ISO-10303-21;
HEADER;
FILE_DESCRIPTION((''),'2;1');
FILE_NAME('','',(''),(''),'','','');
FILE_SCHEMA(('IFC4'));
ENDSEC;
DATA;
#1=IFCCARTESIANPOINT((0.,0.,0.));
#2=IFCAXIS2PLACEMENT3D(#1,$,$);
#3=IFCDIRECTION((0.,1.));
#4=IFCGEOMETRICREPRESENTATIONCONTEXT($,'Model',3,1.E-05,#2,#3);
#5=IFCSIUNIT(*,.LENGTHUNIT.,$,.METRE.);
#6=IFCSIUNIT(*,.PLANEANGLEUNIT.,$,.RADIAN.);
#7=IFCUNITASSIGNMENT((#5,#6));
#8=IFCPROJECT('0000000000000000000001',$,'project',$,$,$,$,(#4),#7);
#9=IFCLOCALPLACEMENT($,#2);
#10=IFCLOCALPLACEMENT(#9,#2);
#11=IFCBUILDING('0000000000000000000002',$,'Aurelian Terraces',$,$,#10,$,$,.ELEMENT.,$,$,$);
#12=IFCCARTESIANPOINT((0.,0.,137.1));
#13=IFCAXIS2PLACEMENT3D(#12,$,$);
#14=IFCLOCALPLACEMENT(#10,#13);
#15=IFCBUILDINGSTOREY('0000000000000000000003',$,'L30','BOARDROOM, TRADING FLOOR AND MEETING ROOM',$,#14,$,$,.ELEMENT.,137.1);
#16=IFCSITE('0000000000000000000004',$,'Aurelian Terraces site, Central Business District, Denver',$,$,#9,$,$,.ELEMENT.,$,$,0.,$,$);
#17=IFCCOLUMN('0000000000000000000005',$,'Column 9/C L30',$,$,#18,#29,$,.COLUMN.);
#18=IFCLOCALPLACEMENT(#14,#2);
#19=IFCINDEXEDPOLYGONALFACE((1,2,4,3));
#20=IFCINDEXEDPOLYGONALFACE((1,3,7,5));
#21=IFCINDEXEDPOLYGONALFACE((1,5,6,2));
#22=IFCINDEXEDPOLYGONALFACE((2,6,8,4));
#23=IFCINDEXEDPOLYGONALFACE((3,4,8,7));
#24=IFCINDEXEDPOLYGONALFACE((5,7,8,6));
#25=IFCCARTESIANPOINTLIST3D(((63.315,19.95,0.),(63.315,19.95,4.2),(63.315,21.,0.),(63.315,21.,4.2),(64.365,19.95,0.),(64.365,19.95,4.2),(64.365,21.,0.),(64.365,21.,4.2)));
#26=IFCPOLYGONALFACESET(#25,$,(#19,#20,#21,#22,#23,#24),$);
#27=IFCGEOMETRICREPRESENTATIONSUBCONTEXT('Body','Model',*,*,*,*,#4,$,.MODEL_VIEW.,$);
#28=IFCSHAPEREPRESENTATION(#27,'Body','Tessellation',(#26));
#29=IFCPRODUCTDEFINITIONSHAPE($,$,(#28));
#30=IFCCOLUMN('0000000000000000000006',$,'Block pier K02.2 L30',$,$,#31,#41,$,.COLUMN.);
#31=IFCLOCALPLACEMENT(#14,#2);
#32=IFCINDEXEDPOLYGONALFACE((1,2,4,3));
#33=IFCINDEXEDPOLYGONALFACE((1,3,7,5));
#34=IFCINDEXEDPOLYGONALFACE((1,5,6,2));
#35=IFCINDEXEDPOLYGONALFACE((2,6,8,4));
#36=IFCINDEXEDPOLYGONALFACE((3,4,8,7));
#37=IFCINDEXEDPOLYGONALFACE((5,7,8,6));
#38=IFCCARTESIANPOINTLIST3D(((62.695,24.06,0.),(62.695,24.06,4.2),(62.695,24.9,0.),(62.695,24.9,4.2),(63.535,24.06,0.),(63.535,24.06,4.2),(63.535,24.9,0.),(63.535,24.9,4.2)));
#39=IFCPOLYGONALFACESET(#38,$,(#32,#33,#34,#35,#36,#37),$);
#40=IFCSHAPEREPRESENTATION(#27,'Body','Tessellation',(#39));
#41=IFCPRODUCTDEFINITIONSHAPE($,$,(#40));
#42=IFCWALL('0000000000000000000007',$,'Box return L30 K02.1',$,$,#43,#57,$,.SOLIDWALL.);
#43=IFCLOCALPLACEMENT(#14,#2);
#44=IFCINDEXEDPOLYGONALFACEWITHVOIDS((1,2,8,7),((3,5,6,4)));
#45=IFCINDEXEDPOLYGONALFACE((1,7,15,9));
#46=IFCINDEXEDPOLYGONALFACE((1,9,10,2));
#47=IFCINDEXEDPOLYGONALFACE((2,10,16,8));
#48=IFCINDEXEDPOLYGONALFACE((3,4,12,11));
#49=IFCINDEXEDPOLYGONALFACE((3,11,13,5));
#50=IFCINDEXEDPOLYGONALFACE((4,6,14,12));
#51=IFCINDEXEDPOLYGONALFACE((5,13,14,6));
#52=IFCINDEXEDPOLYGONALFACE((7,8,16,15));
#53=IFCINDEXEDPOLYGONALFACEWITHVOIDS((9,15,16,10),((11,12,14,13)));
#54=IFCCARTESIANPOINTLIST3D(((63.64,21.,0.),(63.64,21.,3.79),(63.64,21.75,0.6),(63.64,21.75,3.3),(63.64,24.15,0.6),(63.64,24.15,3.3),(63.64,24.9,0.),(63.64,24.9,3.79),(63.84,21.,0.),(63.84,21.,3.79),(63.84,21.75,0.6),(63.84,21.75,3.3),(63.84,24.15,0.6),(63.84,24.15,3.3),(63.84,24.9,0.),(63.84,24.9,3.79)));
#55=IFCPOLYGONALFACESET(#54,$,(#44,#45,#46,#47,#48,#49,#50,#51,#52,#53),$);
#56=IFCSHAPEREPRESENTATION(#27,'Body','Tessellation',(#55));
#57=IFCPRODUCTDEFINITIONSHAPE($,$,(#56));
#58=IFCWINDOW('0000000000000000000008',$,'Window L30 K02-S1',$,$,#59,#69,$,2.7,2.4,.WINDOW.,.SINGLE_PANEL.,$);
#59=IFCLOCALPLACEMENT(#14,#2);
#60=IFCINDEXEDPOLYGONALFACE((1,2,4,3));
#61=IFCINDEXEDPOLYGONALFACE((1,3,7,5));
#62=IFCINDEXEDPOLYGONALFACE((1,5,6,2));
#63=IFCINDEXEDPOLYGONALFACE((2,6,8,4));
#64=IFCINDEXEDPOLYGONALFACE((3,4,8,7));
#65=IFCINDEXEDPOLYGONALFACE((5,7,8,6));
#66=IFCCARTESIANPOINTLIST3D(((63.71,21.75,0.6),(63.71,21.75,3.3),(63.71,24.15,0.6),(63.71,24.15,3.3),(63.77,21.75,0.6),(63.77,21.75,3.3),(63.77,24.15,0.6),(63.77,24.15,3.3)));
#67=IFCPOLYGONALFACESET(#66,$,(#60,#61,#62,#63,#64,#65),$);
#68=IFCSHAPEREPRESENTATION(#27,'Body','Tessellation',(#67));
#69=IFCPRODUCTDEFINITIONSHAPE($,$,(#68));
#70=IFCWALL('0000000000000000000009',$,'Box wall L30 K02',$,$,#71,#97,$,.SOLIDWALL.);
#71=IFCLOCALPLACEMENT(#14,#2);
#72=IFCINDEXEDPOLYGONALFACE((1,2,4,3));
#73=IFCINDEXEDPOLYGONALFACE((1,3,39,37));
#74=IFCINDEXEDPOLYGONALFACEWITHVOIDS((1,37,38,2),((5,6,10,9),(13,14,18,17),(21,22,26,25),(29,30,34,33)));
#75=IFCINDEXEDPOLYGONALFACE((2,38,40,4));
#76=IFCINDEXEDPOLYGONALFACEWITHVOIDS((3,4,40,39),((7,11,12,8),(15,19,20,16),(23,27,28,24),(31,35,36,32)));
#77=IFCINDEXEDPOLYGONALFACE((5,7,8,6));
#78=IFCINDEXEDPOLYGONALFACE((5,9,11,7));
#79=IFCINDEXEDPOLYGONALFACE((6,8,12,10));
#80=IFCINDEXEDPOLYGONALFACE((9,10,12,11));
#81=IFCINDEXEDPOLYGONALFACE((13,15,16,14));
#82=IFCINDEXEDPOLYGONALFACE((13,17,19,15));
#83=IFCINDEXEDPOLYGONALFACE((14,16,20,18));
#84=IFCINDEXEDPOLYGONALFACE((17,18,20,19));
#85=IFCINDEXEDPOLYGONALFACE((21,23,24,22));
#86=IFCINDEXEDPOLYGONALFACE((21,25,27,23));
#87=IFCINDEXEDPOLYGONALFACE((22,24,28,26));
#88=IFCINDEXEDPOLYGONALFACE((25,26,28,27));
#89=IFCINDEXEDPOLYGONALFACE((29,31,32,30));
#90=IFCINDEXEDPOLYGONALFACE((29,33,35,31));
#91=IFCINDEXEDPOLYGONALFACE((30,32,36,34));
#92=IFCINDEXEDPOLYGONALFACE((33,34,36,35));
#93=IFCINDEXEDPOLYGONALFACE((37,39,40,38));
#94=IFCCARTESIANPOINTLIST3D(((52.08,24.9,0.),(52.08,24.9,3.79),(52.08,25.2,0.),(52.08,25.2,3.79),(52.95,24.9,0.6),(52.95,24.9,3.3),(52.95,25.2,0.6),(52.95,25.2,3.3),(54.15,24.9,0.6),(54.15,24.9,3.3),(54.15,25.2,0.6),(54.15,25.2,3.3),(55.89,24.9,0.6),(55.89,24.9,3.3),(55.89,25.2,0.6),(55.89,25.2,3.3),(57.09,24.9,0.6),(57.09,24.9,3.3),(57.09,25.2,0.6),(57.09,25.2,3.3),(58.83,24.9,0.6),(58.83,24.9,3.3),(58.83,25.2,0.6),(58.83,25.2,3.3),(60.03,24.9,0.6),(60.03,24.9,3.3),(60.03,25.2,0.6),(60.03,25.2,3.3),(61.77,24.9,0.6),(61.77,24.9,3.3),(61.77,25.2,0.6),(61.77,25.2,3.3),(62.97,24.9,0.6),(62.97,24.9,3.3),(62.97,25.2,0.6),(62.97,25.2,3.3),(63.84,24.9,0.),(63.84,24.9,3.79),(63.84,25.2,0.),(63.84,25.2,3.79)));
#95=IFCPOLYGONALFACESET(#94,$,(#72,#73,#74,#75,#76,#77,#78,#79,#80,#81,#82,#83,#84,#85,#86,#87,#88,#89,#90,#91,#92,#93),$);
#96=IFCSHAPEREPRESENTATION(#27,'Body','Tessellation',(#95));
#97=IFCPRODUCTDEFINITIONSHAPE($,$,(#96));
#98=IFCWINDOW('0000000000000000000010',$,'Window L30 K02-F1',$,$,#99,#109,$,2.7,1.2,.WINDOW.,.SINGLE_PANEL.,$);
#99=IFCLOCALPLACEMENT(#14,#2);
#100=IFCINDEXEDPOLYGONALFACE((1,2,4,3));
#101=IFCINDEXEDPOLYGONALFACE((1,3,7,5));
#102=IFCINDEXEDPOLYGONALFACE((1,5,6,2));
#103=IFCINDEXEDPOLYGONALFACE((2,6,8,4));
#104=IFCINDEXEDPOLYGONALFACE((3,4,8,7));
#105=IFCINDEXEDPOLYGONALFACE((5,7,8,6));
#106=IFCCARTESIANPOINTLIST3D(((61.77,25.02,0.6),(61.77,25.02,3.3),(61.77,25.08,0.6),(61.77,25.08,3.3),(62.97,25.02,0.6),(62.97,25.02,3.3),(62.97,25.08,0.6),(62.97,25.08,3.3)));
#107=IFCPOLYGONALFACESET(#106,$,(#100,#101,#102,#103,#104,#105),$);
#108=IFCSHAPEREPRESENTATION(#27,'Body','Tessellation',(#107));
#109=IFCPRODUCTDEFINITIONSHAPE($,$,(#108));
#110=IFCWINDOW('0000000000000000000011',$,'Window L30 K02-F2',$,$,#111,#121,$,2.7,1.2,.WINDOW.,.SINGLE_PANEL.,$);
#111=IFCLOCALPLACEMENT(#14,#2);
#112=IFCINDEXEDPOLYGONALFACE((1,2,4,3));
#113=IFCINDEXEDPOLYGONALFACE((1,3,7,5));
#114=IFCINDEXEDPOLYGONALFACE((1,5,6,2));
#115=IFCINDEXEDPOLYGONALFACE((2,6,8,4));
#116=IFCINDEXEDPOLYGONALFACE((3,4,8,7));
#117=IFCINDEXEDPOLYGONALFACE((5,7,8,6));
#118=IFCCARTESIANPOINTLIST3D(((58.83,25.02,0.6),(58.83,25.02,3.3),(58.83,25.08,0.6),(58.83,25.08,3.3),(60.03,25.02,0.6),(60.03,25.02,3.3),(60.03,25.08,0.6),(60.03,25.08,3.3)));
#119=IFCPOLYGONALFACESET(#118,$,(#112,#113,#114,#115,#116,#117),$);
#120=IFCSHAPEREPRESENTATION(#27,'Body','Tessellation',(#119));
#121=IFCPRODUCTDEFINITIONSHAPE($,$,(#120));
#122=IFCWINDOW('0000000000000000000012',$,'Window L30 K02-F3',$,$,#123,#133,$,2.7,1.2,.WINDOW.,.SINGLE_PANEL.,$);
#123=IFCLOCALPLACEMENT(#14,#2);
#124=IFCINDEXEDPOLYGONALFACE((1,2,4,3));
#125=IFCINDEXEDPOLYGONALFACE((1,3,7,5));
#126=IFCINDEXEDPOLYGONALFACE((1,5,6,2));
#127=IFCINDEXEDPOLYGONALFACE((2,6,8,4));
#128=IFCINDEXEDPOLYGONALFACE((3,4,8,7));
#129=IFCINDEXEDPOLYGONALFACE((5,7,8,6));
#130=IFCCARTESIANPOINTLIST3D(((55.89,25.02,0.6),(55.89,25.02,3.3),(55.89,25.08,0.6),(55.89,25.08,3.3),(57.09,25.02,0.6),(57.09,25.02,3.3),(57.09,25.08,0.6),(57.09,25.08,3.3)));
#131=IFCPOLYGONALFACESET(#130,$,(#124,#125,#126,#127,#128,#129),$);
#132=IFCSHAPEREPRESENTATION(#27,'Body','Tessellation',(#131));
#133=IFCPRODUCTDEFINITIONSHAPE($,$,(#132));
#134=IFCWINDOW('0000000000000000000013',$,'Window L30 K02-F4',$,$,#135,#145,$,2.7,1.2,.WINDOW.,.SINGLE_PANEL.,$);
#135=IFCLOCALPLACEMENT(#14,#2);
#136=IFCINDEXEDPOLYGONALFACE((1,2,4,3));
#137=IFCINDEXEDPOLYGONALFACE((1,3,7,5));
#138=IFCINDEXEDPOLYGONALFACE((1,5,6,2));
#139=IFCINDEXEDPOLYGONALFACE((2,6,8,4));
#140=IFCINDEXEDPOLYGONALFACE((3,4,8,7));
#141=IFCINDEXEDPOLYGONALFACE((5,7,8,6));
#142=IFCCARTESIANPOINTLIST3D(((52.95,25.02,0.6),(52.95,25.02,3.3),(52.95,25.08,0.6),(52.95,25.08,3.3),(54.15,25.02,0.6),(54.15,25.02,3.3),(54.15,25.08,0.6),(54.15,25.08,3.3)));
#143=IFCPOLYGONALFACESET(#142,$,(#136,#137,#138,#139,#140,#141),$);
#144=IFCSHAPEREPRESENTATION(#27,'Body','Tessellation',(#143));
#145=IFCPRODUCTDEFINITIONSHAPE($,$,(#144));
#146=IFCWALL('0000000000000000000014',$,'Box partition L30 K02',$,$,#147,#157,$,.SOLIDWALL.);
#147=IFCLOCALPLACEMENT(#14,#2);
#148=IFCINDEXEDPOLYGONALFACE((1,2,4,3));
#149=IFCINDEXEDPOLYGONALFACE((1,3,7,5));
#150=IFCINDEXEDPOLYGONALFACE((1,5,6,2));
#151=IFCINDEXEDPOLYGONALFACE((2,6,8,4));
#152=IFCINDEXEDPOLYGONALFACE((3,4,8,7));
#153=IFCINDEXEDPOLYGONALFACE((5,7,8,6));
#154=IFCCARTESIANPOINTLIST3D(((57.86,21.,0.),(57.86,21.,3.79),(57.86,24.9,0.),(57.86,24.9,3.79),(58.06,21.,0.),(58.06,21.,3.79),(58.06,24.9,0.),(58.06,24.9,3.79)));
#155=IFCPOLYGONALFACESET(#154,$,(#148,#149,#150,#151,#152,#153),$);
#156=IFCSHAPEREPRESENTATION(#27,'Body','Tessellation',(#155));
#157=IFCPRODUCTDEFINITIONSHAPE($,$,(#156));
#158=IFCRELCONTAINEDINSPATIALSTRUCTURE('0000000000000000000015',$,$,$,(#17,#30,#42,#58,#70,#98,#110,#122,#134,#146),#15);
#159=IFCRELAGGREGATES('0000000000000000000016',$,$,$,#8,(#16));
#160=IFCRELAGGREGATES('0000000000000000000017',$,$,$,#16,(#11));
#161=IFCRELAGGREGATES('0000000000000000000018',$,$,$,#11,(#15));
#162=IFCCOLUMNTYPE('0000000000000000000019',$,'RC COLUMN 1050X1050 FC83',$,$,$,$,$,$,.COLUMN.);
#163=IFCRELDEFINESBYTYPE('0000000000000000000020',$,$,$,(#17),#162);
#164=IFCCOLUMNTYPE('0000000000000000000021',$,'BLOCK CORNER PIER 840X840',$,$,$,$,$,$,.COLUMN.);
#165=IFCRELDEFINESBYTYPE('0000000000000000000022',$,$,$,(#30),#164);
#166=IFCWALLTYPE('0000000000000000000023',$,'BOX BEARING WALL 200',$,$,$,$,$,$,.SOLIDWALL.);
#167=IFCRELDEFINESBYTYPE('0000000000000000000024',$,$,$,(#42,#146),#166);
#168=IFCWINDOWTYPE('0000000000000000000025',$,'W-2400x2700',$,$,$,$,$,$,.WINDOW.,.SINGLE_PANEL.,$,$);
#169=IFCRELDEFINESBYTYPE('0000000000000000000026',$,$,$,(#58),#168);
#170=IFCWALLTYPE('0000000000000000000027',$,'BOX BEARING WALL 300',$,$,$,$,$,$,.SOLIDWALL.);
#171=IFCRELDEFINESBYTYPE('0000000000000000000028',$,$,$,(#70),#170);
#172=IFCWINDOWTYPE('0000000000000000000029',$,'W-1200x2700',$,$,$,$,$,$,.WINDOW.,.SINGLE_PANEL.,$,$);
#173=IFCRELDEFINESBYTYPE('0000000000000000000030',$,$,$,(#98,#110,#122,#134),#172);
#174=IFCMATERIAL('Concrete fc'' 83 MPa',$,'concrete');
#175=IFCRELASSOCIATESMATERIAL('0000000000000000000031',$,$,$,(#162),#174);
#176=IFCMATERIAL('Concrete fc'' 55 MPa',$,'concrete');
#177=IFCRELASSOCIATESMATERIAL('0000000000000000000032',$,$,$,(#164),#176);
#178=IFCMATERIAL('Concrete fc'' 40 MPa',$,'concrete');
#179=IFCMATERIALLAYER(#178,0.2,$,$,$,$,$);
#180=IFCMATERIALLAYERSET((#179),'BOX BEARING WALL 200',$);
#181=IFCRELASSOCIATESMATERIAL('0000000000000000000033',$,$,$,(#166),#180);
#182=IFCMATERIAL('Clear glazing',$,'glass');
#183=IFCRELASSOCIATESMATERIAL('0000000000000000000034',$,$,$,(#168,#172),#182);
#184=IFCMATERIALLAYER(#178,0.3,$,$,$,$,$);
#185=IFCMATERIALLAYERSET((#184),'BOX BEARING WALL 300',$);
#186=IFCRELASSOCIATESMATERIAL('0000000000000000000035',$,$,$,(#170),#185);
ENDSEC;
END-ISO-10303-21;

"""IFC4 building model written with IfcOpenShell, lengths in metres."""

from ifc_helpers import new_model, si_unit, direction, frame, frame_2d, origin, origin_2d, place, context, subcontext, project, spatial, rectangle, extrude, source, transform, mapped, material, layer, layer_set, material_profile, profile_set, type_object, element, fill, save


model = new_model("IFC4")

# Units and contexts
model_context = context("Model", 3, precision=1e-05, world=origin(), true_north=direction((0.0, 1.0)))
body_context = subcontext(model_context, "Body", "Model", "MODEL_VIEW")
ifc_project = project(units=[si_unit("LENGTHUNIT", "METRE"), si_unit("PLANEANGLEUNIT", "RADIAN")], contexts=[model_context])

# Site, building, storey
site_placement = place(None, origin())
site = spatial("IfcSite", under=ifc_project, at=site_placement, Name="Aurelian Terraces site, Central Business District, Denver", CompositionType="ELEMENT", RefElevation=0.0)
building_placement = place(site_placement, origin())
building = spatial("IfcBuilding", under=site, at=building_placement, Name="Aurelian Terraces", CompositionType="ELEMENT")
storey_placement = place(building_placement, frame((0.0, 0.0, 137.1)))
storey = spatial("IfcBuildingStorey", under=building, at=storey_placement, Name="L30", Description="BOARDROOM, TRADING FLOOR AND MEETING ROOM", CompositionType="ELEMENT", Elevation=137.1)

# Columns
ifc_material_1 = material(Name="Concrete fc' 83 MPa", Category="concrete")
ifc_material_profile_1 = material_profile(ifc_material_1, rectangle(XDim=1.05, YDim=1.05, at=origin_2d()))
ifc_profile_set_1 = profile_set([ifc_material_profile_1], Name="Concrete fc' 83 MPa")
column_type_1 = type_object("IfcColumnType", Name="RC COLUMN 1050X1050 FC83", PredefinedType="COLUMN", material=ifc_profile_set_1)
shared_shape_1 = source(origin(), body_context, "Body", "SweptSolid", [
    extrude(rectangle(XDim=1.05, YDim=1.05, at=origin_2d()), origin(), (0.0, 0.0, 1.0), 4.2),
])
column_1_placement = place(storey_placement, frame((63.84, 20.475, 0.0), z_axis=(0.0, 0.0, 1.0), x_axis=(1.0, 0.0, 0.0)))
element("IfcColumn", 1, at=column_1_placement, inside=storey, type_object=column_type_1, Name="Column 9/C L30", PredefinedType="COLUMN", context=body_context, shape_type="MappedRepresentation", body=[
    mapped(shared_shape_1, transform((0.0, 0.0, 0.0), scale=1.0)),
])
ifc_material_2 = material(Name="Concrete fc' 55 MPa", Category="concrete")
ifc_material_profile_2 = material_profile(ifc_material_2, rectangle(XDim=0.84, YDim=0.84, at=origin_2d()))
ifc_profile_set_2 = profile_set([ifc_material_profile_2], Name="Concrete fc' 55 MPa")
column_type_2 = type_object("IfcColumnType", Name="BLOCK CORNER PIER 840X840", PredefinedType="COLUMN", material=ifc_profile_set_2)
shared_shape_2 = source(origin(), body_context, "Body", "SweptSolid", [
    extrude(rectangle(XDim=0.84, YDim=0.84, at=origin_2d()), origin(), (0.0, 0.0, 1.0), 4.2),
])
column_2_placement = place(storey_placement, frame((63.115, 24.48, 0.0), z_axis=(0.0, 0.0, 1.0), x_axis=(1.0, 0.0, 0.0)))
element("IfcColumn", 2, at=column_2_placement, inside=storey, type_object=column_type_2, Name="Block pier K02.2 L30", PredefinedType="COLUMN", context=body_context, shape_type="MappedRepresentation", body=[
    mapped(shared_shape_2, transform((0.0, 0.0, 0.0), scale=1.0)),
])

# Wall, opening, window
ifc_material_3 = material(Name="Concrete fc' 40 MPa", Category="concrete")
ifc_layer_1 = layer(ifc_material_3, 0.2)
ifc_layer_set_1 = layer_set([ifc_layer_1], Name="BOX BEARING WALL 200")
wall_type_1 = type_object("IfcWallType", Name="BOX BEARING WALL 200", PredefinedType="SOLIDWALL", material=ifc_layer_set_1)
shared_shape_3 = source(origin(), body_context, "Body", "SweptSolid", [
    extrude(rectangle(XDim=3.9, YDim=0.2, at=frame_2d((1.95, 0.0))), origin(), (0.0, 0.0, 1.0), 3.79),
])
wall_1_placement = place(storey_placement, frame((63.74, 21.0, 0.0), z_axis=(0.0, 0.0, 1.0), x_axis=(0.0, 1.0, 0.0)))
wall_1 = element("IfcWall", 3, at=wall_1_placement, inside=storey, type_object=wall_type_1, Name="Box return L30 K02.1", PredefinedType="SOLIDWALL", context=body_context, shape_type="MappedRepresentation", body=[
    mapped(shared_shape_3, transform((0.0, 0.0, 0.0), scale=1.0)),
])
shared_shape_4 = source(origin(), body_context, "Body", "SweptSolid", [
    extrude(rectangle(XDim=2.4, YDim=2.7, at=frame_2d((1.2, 1.35))), frame((0.0, 0.11, 0.0), z_axis=(0.0, -1.0, 0.0), x_axis=(1.0, 0.0, 0.0)), (0.0, 0.0, 1.0), 0.22),
])
opening_1_placement = place(wall_1_placement, frame((0.75, 0.0, 0.6)))
opening_1 = element("IfcOpeningElement", 4, at=opening_1_placement, cuts=wall_1, PredefinedType="OPENING", context=body_context, shape_type="MappedRepresentation", body=[
    mapped(shared_shape_4, transform((0.0, 0.0, 0.0), scale=1.0)),
])
ifc_material_4 = material(Name="Clear glazing", Category="glass")
window_type_1 = type_object("IfcWindowType", Name="W-2400x2700", PartitioningType="SINGLE_PANEL", PredefinedType="WINDOW", material=ifc_material_4)
shared_shape_5 = source(origin(), body_context, "Body", "SweptSolid", [
    extrude(rectangle(XDim=2.4, YDim=2.7, at=frame_2d((1.2, 1.35))), frame((0.0, 0.03, 0.0), z_axis=(0.0, -1.0, 0.0), x_axis=(1.0, 0.0, 0.0)), (0.0, 0.0, 1.0), 0.06),
])
window_1_placement = place(opening_1_placement, origin())
window_1 = element("IfcWindow", 5, at=window_1_placement, inside=storey, type_object=window_type_1, Name="Window L30 K02-S1", OverallHeight=2.7, OverallWidth=2.4, PartitioningType="SINGLE_PANEL", PredefinedType="WINDOW", context=body_context, shape_type="MappedRepresentation", body=[
    mapped(shared_shape_5, transform((0.0, 0.0, 0.0), scale=1.0)),
])
fill(opening_1, window_1)

# Wall, openings, windows
ifc_layer_2 = layer(ifc_material_3, 0.3)
ifc_layer_set_2 = layer_set([ifc_layer_2], Name="BOX BEARING WALL 300")
wall_type_2 = type_object("IfcWallType", Name="BOX BEARING WALL 300", PredefinedType="SOLIDWALL", material=ifc_layer_set_2)
shared_shape_6 = source(origin(), body_context, "Body", "SweptSolid", [
    extrude(rectangle(XDim=11.76, YDim=0.3, at=frame_2d((5.88, 0.0))), origin(), (0.0, 0.0, 1.0), 3.79),
])
wall_2_placement = place(storey_placement, frame((63.84, 25.05, 0.0), z_axis=(0.0, 0.0, 1.0), x_axis=(-1.0, 0.0, 0.0)))
wall_2 = element("IfcWall", 6, at=wall_2_placement, inside=storey, type_object=wall_type_2, Name="Box wall L30 K02", PredefinedType="SOLIDWALL", context=body_context, shape_type="MappedRepresentation", body=[
    mapped(shared_shape_6, transform((0.0, 0.0, 0.0), scale=1.0)),
])
shared_shape_7 = source(origin(), body_context, "Body", "SweptSolid", [
    extrude(rectangle(XDim=1.2, YDim=2.7, at=frame_2d((0.6, 1.35))), frame((0.0, 0.16, 0.0), z_axis=(0.0, -1.0, 0.0), x_axis=(1.0, 0.0, 0.0)), (0.0, 0.0, 1.0), 0.32),
])
opening_2_placement = place(wall_2_placement, frame((0.87, 0.0, 0.6)))
opening_2 = element("IfcOpeningElement", 7, at=opening_2_placement, cuts=wall_2, PredefinedType="OPENING", context=body_context, shape_type="MappedRepresentation", body=[
    mapped(shared_shape_7, transform((0.0, 0.0, 0.0), scale=1.0)),
])
opening_3_placement = place(wall_2_placement, frame((3.81, 0.0, 0.6)))
opening_3 = element("IfcOpeningElement", 8, at=opening_3_placement, cuts=wall_2, PredefinedType="OPENING", context=body_context, shape_type="MappedRepresentation", body=[
    mapped(shared_shape_7, transform((0.0, 0.0, 0.0), scale=1.0)),
])
opening_4_placement = place(wall_2_placement, frame((6.75, 0.0, 0.6)))
opening_4 = element("IfcOpeningElement", 9, at=opening_4_placement, cuts=wall_2, PredefinedType="OPENING", context=body_context, shape_type="MappedRepresentation", body=[
    mapped(shared_shape_7, transform((0.0, 0.0, 0.0), scale=1.0)),
])
opening_5_placement = place(wall_2_placement, frame((9.69, 0.0, 0.6)))
opening_5 = element("IfcOpeningElement", 10, at=opening_5_placement, cuts=wall_2, PredefinedType="OPENING", context=body_context, shape_type="MappedRepresentation", body=[
    mapped(shared_shape_7, transform((0.0, 0.0, 0.0), scale=1.0)),
])
window_type_2 = type_object("IfcWindowType", Name="W-1200x2700", PartitioningType="SINGLE_PANEL", PredefinedType="WINDOW", material=ifc_material_4)
shared_shape_8 = source(origin(), body_context, "Body", "SweptSolid", [
    extrude(rectangle(XDim=1.2, YDim=2.7, at=frame_2d((0.6, 1.35))), frame((0.0, 0.03, 0.0), z_axis=(0.0, -1.0, 0.0), x_axis=(1.0, 0.0, 0.0)), (0.0, 0.0, 1.0), 0.06),
])
window_2_placement = place(opening_2_placement, origin())
window_2 = element("IfcWindow", 11, at=window_2_placement, inside=storey, type_object=window_type_2, Name="Window L30 K02-F1", OverallHeight=2.7, OverallWidth=1.2, PartitioningType="SINGLE_PANEL", PredefinedType="WINDOW", context=body_context, shape_type="MappedRepresentation", body=[
    mapped(shared_shape_8, transform((0.0, 0.0, 0.0), scale=1.0)),
])
fill(opening_2, window_2)
window_3_placement = place(opening_3_placement, origin())
window_3 = element("IfcWindow", 12, at=window_3_placement, inside=storey, type_object=window_type_2, Name="Window L30 K02-F2", OverallHeight=2.7, OverallWidth=1.2, PartitioningType="SINGLE_PANEL", PredefinedType="WINDOW", context=body_context, shape_type="MappedRepresentation", body=[
    mapped(shared_shape_8, transform((0.0, 0.0, 0.0), scale=1.0)),
])
fill(opening_3, window_3)
window_4_placement = place(opening_4_placement, origin())
window_4 = element("IfcWindow", 13, at=window_4_placement, inside=storey, type_object=window_type_2, Name="Window L30 K02-F3", OverallHeight=2.7, OverallWidth=1.2, PartitioningType="SINGLE_PANEL", PredefinedType="WINDOW", context=body_context, shape_type="MappedRepresentation", body=[
    mapped(shared_shape_8, transform((0.0, 0.0, 0.0), scale=1.0)),
])
fill(opening_4, window_4)
window_5_placement = place(opening_5_placement, origin())
window_5 = element("IfcWindow", 14, at=window_5_placement, inside=storey, type_object=window_type_2, Name="Window L30 K02-F4", OverallHeight=2.7, OverallWidth=1.2, PartitioningType="SINGLE_PANEL", PredefinedType="WINDOW", context=body_context, shape_type="MappedRepresentation", body=[
    mapped(shared_shape_8, transform((0.0, 0.0, 0.0), scale=1.0)),
])
fill(opening_5, window_5)

# Wall
shared_shape_9 = source(origin(), body_context, "Body", "SweptSolid", [
    extrude(rectangle(XDim=3.9, YDim=0.2, at=frame_2d((1.95, 0.0))), origin(), (0.0, 0.0, 1.0), 3.79),
])
wall_3_placement = place(storey_placement, frame((57.96, 21.0, 0.0), z_axis=(0.0, 0.0, 1.0), x_axis=(0.0, 1.0, 0.0)))
element("IfcWall", 15, at=wall_3_placement, inside=storey, type_object=wall_type_1, Name="Box partition L30 K02", PredefinedType="SOLIDWALL", context=body_context, shape_type="MappedRepresentation", body=[
    mapped(shared_shape_9, transform((0.0, 0.0, 0.0), scale=1.0)),
])

save(model, "model.ifc")
